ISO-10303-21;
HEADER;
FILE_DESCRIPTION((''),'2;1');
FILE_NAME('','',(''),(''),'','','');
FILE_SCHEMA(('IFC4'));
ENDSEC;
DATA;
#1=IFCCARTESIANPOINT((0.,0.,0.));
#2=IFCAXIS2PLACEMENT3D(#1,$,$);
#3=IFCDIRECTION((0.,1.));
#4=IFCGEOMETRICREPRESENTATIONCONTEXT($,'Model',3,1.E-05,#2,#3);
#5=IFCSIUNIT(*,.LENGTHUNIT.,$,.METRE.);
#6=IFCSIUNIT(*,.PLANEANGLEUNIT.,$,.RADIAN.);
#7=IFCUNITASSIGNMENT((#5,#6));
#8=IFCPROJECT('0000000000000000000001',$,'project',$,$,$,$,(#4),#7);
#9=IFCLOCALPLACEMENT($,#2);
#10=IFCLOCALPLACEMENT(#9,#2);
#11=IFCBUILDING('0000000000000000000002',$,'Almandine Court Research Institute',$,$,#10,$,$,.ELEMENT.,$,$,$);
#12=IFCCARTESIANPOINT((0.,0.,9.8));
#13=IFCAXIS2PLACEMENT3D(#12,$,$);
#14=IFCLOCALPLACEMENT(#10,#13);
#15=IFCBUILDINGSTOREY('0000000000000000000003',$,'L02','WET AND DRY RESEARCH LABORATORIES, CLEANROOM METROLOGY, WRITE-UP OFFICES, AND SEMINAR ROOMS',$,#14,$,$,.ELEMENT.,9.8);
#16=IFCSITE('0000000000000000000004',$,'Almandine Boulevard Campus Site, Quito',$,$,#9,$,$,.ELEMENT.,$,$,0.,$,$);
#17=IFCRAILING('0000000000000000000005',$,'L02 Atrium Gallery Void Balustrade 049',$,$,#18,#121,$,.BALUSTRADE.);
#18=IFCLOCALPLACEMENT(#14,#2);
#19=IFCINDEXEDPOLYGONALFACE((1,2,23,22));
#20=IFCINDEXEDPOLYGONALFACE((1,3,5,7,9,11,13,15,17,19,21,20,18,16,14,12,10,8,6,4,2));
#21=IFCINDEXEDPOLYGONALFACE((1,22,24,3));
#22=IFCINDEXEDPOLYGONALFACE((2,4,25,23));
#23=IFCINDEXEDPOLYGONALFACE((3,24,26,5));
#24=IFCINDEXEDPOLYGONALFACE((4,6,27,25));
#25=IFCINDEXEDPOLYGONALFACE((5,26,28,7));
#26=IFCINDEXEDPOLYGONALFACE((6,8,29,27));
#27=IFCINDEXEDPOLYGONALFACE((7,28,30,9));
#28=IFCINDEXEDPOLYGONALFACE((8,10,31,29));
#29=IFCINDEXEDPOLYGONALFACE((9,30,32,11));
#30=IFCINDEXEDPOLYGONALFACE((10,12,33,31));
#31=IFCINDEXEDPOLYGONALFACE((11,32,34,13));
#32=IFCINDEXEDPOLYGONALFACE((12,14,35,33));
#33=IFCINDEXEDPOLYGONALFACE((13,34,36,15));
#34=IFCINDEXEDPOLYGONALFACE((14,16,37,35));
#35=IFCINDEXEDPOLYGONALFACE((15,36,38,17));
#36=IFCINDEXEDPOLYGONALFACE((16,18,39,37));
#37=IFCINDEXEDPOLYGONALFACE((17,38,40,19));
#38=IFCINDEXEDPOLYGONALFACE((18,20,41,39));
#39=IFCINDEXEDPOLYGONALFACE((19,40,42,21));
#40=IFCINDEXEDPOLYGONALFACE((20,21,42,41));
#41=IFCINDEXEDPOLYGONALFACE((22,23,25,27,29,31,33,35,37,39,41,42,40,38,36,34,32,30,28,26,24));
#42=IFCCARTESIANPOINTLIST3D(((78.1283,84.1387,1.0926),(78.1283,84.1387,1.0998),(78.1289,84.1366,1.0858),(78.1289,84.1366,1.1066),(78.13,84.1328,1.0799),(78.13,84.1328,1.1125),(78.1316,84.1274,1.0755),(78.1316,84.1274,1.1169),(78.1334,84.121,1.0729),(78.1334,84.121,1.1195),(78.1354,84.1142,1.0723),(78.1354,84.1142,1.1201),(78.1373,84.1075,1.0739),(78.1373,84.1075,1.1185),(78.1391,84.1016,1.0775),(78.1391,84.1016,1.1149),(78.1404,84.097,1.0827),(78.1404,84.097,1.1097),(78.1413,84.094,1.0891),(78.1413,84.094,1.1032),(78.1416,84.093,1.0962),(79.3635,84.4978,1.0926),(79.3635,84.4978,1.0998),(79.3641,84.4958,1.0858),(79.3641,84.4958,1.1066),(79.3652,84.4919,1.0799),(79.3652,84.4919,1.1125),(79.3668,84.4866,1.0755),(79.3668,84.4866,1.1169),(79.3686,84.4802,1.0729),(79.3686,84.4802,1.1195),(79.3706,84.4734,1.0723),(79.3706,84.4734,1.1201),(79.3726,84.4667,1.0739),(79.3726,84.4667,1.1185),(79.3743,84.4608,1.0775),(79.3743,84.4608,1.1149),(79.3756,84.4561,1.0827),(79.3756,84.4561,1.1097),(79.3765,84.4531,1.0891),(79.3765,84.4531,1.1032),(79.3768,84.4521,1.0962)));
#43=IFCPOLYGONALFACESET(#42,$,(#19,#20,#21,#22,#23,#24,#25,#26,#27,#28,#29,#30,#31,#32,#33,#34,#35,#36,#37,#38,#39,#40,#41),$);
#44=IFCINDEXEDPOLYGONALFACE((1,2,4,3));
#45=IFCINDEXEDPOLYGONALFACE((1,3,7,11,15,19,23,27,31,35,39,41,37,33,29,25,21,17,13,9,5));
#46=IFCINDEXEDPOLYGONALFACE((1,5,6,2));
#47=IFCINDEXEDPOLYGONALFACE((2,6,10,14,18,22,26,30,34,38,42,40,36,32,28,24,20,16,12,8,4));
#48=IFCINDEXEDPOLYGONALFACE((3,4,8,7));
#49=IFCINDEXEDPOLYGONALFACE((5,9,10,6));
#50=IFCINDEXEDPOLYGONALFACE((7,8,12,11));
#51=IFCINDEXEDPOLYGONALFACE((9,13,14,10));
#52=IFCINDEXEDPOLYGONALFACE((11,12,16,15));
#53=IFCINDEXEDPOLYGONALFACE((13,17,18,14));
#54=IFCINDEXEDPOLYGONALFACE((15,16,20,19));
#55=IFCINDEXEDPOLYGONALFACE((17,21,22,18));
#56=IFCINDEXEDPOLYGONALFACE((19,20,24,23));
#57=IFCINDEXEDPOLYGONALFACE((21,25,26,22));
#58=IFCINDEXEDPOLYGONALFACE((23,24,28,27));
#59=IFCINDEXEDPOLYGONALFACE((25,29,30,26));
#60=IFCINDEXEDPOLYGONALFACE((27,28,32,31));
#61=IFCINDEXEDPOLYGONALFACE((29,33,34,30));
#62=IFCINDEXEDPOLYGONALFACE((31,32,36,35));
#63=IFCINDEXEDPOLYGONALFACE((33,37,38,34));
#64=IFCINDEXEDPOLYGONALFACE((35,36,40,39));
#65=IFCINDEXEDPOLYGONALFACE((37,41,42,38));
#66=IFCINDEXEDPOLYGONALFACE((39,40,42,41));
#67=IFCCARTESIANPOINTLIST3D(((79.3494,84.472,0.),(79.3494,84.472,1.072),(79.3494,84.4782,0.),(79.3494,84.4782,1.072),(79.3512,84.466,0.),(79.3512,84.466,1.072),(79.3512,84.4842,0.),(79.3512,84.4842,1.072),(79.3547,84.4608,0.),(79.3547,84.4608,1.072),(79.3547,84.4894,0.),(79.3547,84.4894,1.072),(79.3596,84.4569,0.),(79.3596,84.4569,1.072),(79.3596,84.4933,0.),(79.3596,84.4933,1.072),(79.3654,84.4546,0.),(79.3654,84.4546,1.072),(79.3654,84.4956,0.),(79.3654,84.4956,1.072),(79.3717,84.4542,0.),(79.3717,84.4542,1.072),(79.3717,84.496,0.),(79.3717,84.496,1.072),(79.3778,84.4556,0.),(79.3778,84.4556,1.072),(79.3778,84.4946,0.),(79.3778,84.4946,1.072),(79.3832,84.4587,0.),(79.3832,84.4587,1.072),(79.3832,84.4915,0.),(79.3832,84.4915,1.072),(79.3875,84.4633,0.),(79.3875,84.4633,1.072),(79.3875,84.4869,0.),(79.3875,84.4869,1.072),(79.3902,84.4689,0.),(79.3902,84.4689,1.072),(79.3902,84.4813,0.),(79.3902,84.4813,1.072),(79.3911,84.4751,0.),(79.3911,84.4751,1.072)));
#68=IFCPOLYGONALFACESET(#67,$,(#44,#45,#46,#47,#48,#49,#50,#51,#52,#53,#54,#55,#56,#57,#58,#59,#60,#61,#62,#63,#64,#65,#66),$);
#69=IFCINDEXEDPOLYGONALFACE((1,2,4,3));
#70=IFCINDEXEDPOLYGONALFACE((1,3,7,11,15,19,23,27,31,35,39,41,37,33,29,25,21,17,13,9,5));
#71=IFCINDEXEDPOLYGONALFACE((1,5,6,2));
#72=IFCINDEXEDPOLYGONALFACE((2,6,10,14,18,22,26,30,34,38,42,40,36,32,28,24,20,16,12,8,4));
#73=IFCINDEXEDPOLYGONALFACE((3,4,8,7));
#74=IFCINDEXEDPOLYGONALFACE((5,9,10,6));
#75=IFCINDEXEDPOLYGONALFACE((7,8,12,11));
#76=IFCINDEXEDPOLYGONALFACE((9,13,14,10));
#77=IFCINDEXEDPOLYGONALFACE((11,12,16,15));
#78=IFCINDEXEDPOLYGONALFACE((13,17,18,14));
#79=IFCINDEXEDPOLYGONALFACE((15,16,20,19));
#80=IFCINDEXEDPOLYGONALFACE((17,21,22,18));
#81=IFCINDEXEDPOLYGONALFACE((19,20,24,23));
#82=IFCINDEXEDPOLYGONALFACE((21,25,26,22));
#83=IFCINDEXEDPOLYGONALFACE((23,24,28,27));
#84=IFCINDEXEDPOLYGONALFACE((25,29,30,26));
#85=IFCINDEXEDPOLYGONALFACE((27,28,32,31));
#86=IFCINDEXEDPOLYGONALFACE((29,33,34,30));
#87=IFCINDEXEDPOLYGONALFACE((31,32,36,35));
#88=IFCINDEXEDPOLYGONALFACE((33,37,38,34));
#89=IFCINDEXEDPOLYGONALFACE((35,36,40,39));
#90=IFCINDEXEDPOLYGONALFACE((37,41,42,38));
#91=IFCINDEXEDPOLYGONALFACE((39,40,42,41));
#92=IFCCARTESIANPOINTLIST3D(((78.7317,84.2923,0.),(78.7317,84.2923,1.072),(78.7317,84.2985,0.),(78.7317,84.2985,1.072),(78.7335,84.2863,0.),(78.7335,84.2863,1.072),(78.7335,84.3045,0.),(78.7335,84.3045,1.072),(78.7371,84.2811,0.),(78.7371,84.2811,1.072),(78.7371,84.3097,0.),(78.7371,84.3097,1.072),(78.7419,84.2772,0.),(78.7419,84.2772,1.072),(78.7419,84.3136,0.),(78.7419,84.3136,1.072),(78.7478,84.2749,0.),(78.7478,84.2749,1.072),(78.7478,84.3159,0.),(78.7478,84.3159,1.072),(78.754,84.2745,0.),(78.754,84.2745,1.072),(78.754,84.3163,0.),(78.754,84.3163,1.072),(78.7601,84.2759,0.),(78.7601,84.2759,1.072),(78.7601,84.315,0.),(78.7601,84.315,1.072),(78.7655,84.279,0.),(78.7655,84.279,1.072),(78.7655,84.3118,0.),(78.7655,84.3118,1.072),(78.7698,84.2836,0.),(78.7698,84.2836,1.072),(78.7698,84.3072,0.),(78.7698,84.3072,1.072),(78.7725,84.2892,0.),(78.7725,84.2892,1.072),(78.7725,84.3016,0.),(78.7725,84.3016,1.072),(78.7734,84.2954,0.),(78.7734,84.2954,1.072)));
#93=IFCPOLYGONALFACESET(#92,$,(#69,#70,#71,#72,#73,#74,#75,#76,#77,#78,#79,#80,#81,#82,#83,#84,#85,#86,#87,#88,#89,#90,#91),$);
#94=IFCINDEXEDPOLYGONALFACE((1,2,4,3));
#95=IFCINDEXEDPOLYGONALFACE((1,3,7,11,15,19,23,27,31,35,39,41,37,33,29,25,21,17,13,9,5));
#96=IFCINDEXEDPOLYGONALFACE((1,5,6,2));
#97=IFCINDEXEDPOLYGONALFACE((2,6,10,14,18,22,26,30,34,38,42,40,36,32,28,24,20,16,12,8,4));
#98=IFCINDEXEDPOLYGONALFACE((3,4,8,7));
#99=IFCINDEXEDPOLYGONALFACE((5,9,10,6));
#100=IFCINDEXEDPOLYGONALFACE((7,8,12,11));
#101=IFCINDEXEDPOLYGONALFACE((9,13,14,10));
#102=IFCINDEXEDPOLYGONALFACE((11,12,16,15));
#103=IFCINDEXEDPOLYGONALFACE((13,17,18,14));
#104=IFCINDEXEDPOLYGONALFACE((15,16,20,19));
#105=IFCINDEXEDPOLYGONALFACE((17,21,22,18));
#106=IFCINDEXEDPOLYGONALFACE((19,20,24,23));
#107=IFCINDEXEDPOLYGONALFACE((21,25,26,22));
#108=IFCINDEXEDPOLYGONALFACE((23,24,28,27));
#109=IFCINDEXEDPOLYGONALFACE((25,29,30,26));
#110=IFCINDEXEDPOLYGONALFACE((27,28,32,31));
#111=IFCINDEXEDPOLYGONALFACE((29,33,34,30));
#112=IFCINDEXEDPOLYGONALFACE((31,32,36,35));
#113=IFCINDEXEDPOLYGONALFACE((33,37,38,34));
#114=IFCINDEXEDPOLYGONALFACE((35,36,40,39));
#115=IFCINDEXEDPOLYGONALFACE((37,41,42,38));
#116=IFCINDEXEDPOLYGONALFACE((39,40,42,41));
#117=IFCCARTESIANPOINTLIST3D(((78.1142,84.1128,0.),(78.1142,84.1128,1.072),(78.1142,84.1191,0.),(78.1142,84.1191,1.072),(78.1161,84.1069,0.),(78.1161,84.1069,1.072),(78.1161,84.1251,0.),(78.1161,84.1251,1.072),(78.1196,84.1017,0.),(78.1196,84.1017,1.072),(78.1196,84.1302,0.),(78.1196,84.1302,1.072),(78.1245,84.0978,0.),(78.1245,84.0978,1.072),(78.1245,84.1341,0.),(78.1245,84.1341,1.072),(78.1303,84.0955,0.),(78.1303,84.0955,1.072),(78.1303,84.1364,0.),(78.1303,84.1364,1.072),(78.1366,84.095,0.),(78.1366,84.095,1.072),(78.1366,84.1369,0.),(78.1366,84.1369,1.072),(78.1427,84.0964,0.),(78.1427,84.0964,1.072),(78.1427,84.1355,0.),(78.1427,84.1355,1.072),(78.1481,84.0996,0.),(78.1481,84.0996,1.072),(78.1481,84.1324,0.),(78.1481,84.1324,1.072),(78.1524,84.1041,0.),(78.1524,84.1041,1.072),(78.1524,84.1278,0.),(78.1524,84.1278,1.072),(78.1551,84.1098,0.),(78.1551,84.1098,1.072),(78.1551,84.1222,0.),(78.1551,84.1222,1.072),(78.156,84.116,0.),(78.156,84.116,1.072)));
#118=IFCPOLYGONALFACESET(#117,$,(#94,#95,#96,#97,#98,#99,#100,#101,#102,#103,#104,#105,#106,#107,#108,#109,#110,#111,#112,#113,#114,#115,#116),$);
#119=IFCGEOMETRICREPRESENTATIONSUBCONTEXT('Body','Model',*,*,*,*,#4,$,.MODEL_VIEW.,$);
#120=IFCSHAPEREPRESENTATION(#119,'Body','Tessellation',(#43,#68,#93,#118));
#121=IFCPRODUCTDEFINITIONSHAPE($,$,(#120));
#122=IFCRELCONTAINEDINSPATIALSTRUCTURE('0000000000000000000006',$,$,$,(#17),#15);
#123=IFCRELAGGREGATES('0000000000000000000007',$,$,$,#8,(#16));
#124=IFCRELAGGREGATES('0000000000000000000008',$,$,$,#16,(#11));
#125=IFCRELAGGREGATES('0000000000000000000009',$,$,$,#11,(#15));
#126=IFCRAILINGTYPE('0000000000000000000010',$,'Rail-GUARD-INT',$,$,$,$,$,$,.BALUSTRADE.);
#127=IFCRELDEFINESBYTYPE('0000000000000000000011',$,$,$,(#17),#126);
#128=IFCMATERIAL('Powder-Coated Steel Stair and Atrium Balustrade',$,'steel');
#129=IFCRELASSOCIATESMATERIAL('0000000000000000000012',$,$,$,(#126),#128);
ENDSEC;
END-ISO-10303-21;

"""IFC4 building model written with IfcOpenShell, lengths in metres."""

from ifc_helpers import new_model, si_unit, direction, frame, origin, origin_2d, place, context, subcontext, project, spatial, circle, extrude, material, type_object, element, save


model = new_model("IFC4")

# Units and contexts
model_context = context("Model", 3, precision=1e-05, world=origin(), true_north=direction((0.0, 1.0)))
body_context = subcontext(model_context, "Body", "Model", "MODEL_VIEW")
ifc_project = project(units=[si_unit("LENGTHUNIT", "METRE"), si_unit("PLANEANGLEUNIT", "RADIAN")], contexts=[model_context])

# Site, building, storey
site_placement = place(None, origin())
site = spatial("IfcSite", under=ifc_project, at=site_placement, Name="Almandine Boulevard Campus Site, Quito", CompositionType="ELEMENT", RefElevation=0.0)
building_placement = place(site_placement, origin())
building = spatial("IfcBuilding", under=site, at=building_placement, Name="Almandine Court Research Institute", CompositionType="ELEMENT")
storey_placement = place(building_placement, frame((0.0, 0.0, 9.8)))
storey = spatial("IfcBuildingStorey", under=building, at=storey_placement, Name="L02", Description="WET AND DRY RESEARCH LABORATORIES, CLEANROOM METROLOGY, WRITE-UP OFFICES, AND SEMINAR ROOMS", CompositionType="ELEMENT", Elevation=9.8)

# Railing
ifc_material_1 = material(Name="Powder-Coated Steel Stair and Atrium Balustrade", Category="steel")
railing_type_1 = type_object("IfcRailingType", Name="Rail-GUARD-INT", PredefinedType="BALUSTRADE", material=ifc_material_1)
railing_1_placement = place(storey_placement, frame((79.3701, 84.4751, 0.0)))
element("IfcRailing", 1, at=railing_1_placement, inside=storey, type_object=railing_type_1, Name="L02 Atrium Gallery Void Balustrade 049", PredefinedType="BALUSTRADE", context=body_context, shape_type="SweptSolid", body=[
    extrude(circle(Radius=0.0239, at=origin_2d()), frame((0.0, 0.0, 1.0962), z_axis=(-0.960231, -0.279205, 0.0), x_axis=(0.279205, -0.960231, 0.0)), (0.0, 0.0, 1.0), 1.2864),
    extrude(circle(Radius=0.021, at=origin_2d()), origin(), (0.0, 0.0, 1.0), 1.072),
    extrude(circle(Radius=0.021, at=origin_2d()), frame((-0.6177, -0.1797, 0.0)), (0.0, 0.0, 1.0), 1.072),
    extrude(circle(Radius=0.021, at=origin_2d()), frame((-1.2351, -0.3591, 0.0)), (0.0, 0.0, 1.0), 1.072),
])

save(model, "model.ifc")
